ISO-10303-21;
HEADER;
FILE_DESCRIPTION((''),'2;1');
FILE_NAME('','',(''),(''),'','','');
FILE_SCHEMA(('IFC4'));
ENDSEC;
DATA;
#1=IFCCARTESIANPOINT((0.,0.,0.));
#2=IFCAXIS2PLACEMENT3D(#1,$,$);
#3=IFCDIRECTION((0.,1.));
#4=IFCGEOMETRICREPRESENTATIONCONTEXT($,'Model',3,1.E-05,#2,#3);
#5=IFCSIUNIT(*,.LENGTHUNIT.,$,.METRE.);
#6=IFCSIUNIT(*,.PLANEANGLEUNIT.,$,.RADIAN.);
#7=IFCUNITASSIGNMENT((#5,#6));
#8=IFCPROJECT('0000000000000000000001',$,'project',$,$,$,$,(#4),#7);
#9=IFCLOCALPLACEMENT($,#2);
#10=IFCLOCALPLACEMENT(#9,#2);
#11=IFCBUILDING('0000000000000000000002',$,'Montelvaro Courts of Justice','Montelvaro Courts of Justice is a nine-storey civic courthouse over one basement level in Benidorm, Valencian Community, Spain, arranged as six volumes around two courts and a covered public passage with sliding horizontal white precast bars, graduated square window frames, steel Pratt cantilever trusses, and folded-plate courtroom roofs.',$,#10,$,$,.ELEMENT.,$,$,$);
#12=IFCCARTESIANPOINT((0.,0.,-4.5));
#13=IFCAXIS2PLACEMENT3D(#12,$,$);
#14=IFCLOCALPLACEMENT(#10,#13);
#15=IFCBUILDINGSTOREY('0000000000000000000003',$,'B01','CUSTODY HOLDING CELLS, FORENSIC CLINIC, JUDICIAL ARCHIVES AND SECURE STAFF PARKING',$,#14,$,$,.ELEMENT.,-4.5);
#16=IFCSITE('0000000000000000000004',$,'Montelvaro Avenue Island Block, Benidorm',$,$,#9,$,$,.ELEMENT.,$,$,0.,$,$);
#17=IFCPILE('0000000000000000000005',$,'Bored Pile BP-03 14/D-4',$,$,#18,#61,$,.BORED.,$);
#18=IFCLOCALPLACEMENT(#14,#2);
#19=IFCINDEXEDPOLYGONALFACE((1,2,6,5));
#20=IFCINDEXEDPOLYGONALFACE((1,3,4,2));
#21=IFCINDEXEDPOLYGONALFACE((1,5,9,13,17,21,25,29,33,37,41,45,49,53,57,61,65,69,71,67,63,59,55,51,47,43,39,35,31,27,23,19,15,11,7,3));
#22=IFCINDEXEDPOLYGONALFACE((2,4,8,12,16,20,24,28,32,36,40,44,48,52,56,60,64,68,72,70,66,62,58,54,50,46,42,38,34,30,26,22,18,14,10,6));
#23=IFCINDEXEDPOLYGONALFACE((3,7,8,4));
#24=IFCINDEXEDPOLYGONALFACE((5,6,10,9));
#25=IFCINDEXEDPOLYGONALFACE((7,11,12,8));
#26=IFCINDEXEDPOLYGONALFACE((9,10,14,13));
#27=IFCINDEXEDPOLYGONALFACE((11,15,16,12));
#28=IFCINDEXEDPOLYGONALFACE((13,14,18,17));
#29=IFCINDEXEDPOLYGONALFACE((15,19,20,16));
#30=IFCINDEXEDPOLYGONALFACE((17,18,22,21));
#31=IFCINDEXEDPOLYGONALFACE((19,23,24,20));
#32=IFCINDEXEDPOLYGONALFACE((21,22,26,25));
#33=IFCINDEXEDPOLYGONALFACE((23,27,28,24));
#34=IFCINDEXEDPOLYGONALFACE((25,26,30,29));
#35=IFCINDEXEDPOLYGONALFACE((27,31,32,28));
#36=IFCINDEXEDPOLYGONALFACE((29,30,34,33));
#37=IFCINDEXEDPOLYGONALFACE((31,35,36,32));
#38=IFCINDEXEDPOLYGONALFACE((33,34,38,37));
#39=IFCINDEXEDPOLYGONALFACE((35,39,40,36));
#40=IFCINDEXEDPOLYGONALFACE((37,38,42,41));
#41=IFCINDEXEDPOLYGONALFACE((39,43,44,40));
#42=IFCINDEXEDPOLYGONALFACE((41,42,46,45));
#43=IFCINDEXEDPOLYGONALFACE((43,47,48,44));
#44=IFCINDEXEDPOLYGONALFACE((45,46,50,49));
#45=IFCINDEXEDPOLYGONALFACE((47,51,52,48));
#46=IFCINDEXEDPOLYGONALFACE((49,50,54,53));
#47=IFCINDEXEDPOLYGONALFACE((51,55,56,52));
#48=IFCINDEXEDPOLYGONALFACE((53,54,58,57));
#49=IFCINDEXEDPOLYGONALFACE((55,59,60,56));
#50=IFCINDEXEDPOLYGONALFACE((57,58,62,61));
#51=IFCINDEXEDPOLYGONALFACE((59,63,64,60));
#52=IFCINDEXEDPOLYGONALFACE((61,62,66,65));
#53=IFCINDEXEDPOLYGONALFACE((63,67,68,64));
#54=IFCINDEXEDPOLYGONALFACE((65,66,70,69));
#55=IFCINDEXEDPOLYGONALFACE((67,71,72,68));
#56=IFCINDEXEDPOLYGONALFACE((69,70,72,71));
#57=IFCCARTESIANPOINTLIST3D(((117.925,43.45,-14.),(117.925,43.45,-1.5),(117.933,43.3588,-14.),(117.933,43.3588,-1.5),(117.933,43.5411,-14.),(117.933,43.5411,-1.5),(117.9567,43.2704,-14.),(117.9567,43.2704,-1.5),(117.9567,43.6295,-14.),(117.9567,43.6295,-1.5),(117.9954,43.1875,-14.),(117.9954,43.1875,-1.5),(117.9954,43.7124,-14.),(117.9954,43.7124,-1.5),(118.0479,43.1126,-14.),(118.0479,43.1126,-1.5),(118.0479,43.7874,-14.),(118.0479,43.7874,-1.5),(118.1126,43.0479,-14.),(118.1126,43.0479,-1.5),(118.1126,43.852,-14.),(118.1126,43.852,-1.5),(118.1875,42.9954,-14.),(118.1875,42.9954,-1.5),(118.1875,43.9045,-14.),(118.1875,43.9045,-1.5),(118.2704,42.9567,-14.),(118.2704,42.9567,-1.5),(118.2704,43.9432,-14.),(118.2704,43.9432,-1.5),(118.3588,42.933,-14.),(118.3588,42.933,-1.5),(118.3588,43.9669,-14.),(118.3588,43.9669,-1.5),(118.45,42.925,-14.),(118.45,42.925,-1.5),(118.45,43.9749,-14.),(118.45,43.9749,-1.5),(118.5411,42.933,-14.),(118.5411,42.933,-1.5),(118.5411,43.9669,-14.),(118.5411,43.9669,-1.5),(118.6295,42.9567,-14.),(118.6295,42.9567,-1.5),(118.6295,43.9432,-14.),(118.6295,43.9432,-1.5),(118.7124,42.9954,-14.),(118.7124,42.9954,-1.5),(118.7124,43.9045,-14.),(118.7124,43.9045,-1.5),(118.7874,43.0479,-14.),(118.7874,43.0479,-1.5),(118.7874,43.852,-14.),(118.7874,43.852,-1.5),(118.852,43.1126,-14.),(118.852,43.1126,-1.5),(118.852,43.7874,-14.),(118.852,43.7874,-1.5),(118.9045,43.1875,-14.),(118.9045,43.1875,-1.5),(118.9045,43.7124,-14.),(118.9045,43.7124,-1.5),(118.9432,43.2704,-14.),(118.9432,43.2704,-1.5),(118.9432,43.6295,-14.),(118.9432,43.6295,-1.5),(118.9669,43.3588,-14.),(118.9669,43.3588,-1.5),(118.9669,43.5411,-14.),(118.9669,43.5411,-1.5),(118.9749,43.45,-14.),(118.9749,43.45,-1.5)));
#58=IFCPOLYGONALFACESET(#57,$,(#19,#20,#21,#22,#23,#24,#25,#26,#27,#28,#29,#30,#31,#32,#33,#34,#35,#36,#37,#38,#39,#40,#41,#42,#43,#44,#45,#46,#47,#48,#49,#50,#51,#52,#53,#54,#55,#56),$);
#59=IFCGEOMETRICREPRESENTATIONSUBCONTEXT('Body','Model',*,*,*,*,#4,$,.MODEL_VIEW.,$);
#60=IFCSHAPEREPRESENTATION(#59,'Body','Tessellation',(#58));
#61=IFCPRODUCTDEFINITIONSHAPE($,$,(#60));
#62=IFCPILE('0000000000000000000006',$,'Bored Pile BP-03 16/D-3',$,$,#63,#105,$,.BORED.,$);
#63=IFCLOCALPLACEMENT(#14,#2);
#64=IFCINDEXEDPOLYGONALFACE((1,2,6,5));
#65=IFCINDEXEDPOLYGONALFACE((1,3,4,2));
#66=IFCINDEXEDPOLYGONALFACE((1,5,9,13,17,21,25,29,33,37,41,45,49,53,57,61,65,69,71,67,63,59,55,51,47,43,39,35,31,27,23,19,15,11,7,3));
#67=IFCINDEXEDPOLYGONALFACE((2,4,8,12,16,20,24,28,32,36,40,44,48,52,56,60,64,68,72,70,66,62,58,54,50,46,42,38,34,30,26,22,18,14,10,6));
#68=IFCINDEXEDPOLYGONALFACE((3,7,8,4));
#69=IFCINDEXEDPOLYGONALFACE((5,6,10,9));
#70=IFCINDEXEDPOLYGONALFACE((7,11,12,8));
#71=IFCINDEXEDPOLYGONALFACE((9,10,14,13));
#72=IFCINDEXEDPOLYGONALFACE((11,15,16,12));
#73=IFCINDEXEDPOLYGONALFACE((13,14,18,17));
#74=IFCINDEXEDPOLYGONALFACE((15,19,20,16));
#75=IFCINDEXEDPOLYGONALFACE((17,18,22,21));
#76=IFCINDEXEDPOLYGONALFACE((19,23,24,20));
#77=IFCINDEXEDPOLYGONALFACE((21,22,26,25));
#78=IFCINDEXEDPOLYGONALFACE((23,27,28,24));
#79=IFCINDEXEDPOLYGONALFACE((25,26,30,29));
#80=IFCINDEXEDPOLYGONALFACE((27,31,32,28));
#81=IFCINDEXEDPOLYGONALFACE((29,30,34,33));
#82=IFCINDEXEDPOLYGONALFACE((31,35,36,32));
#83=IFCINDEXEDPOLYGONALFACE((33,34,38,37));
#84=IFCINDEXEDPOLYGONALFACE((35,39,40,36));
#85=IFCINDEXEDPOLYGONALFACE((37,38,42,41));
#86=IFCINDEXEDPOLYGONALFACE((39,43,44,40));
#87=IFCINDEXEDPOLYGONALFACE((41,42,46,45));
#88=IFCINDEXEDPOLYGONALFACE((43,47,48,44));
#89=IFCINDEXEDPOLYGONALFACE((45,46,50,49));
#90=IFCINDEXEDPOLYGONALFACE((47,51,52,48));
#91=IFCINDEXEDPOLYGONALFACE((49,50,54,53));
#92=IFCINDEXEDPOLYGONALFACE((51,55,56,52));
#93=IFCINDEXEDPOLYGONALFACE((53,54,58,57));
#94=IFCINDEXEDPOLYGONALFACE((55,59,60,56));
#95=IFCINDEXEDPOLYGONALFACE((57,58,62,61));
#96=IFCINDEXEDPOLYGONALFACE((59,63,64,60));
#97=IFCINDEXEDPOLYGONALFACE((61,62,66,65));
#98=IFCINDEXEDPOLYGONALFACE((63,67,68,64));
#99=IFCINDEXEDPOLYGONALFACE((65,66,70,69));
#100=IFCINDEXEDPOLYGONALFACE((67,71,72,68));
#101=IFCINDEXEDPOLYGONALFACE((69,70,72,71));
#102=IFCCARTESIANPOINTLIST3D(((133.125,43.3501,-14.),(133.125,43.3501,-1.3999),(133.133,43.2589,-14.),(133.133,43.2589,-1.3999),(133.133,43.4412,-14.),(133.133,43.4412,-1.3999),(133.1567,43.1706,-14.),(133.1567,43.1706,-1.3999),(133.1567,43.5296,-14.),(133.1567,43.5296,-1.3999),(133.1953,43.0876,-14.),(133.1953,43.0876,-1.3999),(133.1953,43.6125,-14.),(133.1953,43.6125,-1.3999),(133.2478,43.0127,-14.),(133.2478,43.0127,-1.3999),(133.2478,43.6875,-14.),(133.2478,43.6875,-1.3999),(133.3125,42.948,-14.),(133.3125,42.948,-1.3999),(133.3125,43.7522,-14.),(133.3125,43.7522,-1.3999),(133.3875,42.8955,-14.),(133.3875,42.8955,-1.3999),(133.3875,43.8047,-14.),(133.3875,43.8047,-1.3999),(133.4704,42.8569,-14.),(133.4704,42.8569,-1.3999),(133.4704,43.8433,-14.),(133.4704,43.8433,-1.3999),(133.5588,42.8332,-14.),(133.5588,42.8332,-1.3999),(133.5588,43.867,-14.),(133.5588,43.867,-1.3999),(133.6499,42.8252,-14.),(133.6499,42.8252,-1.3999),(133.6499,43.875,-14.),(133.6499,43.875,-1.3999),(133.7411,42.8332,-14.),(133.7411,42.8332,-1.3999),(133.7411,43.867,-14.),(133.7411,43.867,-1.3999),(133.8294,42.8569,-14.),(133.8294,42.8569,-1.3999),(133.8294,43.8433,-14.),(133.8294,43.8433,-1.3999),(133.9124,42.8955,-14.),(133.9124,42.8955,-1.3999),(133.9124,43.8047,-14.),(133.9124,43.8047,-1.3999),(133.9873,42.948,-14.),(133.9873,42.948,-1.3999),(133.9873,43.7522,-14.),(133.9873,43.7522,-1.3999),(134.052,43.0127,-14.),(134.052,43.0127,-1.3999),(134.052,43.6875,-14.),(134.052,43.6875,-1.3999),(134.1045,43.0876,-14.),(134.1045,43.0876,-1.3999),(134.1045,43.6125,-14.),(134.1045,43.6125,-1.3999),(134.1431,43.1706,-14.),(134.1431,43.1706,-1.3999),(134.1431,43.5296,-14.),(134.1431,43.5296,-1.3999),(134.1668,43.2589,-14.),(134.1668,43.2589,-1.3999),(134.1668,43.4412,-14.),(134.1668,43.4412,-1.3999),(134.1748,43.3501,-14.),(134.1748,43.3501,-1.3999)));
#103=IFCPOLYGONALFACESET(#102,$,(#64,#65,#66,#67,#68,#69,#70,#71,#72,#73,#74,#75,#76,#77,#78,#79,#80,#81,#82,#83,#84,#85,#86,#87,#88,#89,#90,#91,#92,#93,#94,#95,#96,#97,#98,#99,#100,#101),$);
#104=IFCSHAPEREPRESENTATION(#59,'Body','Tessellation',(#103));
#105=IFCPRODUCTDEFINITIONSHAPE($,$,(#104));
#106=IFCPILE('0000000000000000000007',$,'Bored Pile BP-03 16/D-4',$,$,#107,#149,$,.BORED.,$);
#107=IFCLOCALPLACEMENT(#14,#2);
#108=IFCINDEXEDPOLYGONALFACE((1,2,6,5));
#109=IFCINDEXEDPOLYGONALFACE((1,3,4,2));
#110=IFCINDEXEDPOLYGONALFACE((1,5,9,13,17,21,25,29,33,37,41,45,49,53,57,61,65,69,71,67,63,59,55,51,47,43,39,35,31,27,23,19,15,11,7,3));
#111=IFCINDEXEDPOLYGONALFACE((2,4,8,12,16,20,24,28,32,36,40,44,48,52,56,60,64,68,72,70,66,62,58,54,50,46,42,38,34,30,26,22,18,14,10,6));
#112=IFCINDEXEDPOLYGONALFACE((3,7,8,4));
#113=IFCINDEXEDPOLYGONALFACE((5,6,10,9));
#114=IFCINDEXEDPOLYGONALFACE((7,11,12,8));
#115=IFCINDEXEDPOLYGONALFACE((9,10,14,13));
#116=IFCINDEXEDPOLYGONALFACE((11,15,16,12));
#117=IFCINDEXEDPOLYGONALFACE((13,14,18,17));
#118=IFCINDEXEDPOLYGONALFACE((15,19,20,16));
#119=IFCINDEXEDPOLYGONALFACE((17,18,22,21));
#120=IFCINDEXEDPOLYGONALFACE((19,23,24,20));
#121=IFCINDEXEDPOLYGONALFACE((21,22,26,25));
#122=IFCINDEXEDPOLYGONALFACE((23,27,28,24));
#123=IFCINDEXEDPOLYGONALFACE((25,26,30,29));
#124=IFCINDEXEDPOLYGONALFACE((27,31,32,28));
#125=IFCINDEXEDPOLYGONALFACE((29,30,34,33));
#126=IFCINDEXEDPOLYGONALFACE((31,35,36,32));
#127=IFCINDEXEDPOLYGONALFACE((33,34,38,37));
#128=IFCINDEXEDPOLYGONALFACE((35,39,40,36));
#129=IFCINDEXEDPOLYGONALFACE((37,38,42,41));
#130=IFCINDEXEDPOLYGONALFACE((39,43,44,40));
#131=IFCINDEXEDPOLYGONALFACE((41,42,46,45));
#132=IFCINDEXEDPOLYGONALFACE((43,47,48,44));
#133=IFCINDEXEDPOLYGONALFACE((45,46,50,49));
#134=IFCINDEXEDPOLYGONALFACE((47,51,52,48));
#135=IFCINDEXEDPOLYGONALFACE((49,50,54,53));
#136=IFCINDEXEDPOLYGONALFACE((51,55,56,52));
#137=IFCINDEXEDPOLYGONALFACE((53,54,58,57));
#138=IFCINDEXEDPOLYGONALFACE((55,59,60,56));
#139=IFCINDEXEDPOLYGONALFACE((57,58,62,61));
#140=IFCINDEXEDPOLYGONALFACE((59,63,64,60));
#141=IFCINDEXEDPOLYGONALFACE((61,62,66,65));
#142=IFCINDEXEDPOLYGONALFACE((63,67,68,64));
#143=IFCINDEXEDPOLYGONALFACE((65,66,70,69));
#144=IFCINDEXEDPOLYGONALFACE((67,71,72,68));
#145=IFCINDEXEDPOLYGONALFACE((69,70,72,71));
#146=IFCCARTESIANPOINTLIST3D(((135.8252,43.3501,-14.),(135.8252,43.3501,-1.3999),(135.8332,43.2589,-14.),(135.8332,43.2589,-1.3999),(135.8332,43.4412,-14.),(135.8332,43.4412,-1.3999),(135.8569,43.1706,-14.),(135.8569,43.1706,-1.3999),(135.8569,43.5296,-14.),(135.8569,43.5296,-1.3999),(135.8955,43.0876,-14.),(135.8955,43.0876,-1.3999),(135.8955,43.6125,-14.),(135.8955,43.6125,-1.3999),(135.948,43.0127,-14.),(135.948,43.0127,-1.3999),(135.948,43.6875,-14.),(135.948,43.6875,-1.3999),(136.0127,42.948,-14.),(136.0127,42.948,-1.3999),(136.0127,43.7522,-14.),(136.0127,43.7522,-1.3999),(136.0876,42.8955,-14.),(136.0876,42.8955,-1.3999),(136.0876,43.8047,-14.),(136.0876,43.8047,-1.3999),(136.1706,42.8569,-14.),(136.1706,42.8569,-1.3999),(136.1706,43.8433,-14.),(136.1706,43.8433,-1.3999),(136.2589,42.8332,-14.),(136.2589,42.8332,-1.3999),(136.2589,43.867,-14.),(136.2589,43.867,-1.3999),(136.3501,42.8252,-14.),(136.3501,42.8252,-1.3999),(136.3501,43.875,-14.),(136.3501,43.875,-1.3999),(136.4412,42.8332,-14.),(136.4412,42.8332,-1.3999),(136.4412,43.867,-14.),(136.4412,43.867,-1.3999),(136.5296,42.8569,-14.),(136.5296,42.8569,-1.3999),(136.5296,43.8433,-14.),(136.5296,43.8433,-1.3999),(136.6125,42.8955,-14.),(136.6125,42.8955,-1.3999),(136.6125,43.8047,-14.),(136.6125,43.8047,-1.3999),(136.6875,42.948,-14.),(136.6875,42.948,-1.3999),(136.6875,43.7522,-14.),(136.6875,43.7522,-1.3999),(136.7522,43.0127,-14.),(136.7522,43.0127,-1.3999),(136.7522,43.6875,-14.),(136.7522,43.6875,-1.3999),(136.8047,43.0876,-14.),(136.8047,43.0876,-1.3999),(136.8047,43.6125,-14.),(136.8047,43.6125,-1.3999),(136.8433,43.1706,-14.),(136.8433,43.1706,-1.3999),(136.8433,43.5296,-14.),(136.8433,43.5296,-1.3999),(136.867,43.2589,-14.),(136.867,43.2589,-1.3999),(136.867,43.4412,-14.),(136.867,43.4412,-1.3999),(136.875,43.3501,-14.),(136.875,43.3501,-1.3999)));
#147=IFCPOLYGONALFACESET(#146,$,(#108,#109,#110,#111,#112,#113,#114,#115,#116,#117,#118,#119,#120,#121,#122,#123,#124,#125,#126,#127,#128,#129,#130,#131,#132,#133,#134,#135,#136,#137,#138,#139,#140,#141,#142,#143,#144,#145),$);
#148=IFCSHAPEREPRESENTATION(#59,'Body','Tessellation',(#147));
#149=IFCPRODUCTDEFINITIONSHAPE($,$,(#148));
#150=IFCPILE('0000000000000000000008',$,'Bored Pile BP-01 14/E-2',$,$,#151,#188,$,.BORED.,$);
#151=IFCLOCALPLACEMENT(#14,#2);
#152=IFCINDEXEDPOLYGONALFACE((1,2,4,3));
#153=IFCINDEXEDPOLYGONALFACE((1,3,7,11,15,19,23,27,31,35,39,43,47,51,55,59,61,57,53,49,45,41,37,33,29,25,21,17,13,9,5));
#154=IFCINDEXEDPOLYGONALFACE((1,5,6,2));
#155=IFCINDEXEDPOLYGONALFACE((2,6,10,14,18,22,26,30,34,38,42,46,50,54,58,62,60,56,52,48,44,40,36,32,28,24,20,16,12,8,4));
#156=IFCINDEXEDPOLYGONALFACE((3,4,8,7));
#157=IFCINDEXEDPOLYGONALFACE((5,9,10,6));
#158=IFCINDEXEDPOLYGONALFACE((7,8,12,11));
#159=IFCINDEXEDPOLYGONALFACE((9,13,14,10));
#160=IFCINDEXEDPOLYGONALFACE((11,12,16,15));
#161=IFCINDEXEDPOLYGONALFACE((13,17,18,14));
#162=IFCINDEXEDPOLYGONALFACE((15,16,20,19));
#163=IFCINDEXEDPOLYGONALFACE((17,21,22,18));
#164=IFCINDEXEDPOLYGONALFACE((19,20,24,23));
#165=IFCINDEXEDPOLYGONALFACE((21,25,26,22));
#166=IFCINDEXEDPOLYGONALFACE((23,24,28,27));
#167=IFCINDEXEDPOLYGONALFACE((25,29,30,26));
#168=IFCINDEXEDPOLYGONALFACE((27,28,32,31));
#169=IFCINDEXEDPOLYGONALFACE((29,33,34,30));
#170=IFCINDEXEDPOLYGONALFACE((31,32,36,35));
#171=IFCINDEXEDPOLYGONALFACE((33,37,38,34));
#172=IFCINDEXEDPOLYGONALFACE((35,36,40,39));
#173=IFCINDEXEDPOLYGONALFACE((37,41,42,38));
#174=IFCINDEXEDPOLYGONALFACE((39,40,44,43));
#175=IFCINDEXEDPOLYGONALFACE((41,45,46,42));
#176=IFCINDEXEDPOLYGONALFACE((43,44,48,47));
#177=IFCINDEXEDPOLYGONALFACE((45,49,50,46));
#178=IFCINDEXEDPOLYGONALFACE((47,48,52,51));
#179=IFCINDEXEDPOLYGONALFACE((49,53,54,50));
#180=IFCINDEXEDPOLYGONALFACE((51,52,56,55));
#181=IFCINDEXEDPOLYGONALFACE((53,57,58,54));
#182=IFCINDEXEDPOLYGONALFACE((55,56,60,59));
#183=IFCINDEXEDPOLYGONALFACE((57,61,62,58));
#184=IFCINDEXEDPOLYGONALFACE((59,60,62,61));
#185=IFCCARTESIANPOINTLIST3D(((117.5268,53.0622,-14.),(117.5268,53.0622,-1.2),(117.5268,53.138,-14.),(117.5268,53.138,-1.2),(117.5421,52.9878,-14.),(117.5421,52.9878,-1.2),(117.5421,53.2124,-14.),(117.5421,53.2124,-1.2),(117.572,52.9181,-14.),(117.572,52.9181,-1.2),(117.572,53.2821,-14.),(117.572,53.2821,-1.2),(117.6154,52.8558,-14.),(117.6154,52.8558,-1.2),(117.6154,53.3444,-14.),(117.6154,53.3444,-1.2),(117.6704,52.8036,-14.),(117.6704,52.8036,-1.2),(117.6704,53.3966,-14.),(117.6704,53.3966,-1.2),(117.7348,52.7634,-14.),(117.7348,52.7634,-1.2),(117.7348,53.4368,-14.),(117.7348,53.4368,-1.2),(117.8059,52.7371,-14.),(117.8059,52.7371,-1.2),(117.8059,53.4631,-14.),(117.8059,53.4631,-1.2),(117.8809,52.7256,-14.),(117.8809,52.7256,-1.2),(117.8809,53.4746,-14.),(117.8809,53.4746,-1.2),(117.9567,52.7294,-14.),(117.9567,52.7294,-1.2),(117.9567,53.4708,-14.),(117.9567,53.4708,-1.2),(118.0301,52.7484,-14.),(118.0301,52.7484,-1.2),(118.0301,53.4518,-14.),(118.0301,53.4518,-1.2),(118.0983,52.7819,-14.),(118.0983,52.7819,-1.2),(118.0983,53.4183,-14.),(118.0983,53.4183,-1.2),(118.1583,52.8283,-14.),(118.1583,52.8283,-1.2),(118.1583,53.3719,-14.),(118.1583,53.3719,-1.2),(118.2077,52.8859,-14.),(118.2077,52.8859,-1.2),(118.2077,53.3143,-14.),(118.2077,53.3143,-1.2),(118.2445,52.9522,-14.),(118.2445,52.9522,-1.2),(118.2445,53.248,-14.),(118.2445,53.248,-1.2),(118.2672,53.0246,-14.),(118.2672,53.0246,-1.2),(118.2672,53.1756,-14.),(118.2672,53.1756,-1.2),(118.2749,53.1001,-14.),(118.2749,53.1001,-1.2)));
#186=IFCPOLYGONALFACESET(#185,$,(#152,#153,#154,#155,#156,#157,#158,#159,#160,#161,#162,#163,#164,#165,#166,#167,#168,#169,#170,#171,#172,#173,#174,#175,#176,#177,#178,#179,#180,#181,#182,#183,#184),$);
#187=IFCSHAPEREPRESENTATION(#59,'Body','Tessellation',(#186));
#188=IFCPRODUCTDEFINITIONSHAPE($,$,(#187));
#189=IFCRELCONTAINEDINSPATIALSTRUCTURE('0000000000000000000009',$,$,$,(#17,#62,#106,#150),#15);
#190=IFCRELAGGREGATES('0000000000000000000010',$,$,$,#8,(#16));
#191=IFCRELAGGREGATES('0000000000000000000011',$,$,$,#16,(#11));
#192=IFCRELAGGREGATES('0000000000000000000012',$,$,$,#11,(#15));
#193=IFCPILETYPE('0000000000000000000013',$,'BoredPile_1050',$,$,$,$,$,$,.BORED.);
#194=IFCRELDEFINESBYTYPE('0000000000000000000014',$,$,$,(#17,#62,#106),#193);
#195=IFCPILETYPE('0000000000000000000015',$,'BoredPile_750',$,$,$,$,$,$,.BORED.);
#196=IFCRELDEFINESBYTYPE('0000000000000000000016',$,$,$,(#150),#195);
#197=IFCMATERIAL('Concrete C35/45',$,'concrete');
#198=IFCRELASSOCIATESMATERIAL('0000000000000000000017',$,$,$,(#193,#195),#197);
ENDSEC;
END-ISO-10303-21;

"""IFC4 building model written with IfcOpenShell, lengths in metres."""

from ifc_helpers import new_model, si_unit, direction, frame, origin, origin_2d, place, context, subcontext, project, spatial, circle, extrude, material, material_profile, profile_set, type_object, element, save


model = new_model("IFC4")

# Units and contexts
model_context = context("Model", 3, precision=1e-05, world=origin(), true_north=direction((0.0, 1.0)))
body_context = subcontext(model_context, "Body", "Model", "MODEL_VIEW")
ifc_project = project(units=[si_unit("LENGTHUNIT", "METRE"), si_unit("PLANEANGLEUNIT", "RADIAN")], contexts=[model_context])

# Site, building, storey
site_placement = place(None, origin())
site = spatial("IfcSite", under=ifc_project, at=site_placement, Name="Montelvaro Avenue Island Block, Benidorm", CompositionType="ELEMENT", RefElevation=0.0)
building_placement = place(site_placement, origin())
building = spatial("IfcBuilding", under=site, at=building_placement, Name="Montelvaro Courts of Justice", Description="Montelvaro Courts of Justice is a nine-storey civic courthouse over one basement level in Benidorm, Valencian Community, Spain, arranged as six volumes around two courts and a covered public passage with sliding horizontal white precast bars, graduated square window frames, steel Pratt cantilever trusses, and folded-plate courtroom roofs.", CompositionType="ELEMENT")
storey_placement = place(building_placement, frame((0.0, 0.0, -4.5)))
storey = spatial("IfcBuildingStorey", under=building, at=storey_placement, Name="B01", Description="CUSTODY HOLDING CELLS, FORENSIC CLINIC, JUDICIAL ARCHIVES AND SECURE STAFF PARKING", CompositionType="ELEMENT", Elevation=-4.5)

# Piles
ifc_material_1 = material(Name="Concrete C35/45", Category="concrete")
ifc_material_profile_1 = material_profile(ifc_material_1, circle(Radius=0.5249, at=origin_2d()), Name="BORED PILE D1050")
ifc_profile_set_1 = profile_set([ifc_material_profile_1], Name="Concrete C35/45")
pile_type_1 = type_object("IfcPileType", Name="BoredPile_1050", PredefinedType="BORED", material=ifc_profile_set_1)
pile_1_placement = place(storey_placement, frame((118.45, 43.45, -1.5), z_axis=(0.0, 0.0, -1.0), x_axis=(1.0, 0.0, 0.0)))
element("IfcPile", 1, at=pile_1_placement, inside=storey, type_object=pile_type_1, Name="Bored Pile BP-03 14/D-4", PredefinedType="BORED", context=body_context, shape_type="SweptSolid", body=[
    extrude(circle(Radius=0.5249, at=origin_2d()), origin(), (0.0, 0.0, 1.0), 12.5),
])
for number, where, z_axis, x_axis, name in (
    (2, (133.6499, 43.3501, -1.3999), (0.0, 0.0, -1.0), (1.0, 0.0, 0.0), "Bored Pile BP-03 16/D-3"),
    (3, (136.3501, 43.3501, -1.3999), (0.0, 0.0, -1.0), (1.0, 0.0, 0.0), "Bored Pile BP-03 16/D-4"),
):
    element("IfcPile", number, at=place(storey_placement, frame(where, z_axis=z_axis, x_axis=x_axis)), inside=storey, type_object=pile_type_1, Name=name, PredefinedType="BORED", context=body_context, shape_type="SweptSolid", body=[
        extrude(circle(Radius=0.5249, at=origin_2d()), origin(), (0.0, 0.0, 1.0), 12.6001),
    ])
ifc_material_profile_2 = material_profile(ifc_material_1, circle(Radius=0.375, at=origin_2d()), Name="BORED PILE D750")
ifc_profile_set_2 = profile_set([ifc_material_profile_2], Name="Concrete C35/45")
pile_type_2 = type_object("IfcPileType", Name="BoredPile_750", PredefinedType="BORED", material=ifc_profile_set_2)
pile_2_placement = place(storey_placement, frame((117.8999, 53.1001, -1.2), z_axis=(0.0, 0.0, -1.0), x_axis=(1.0, 0.0, 0.0)))
element("IfcPile", 4, at=pile_2_placement, inside=storey, type_object=pile_type_2, Name="Bored Pile BP-01 14/E-2", PredefinedType="BORED", context=body_context, shape_type="SweptSolid", body=[
    extrude(circle(Radius=0.375, at=origin_2d()), origin(), (0.0, 0.0, 1.0), 12.8),
])

save(model, "model.ifc")
